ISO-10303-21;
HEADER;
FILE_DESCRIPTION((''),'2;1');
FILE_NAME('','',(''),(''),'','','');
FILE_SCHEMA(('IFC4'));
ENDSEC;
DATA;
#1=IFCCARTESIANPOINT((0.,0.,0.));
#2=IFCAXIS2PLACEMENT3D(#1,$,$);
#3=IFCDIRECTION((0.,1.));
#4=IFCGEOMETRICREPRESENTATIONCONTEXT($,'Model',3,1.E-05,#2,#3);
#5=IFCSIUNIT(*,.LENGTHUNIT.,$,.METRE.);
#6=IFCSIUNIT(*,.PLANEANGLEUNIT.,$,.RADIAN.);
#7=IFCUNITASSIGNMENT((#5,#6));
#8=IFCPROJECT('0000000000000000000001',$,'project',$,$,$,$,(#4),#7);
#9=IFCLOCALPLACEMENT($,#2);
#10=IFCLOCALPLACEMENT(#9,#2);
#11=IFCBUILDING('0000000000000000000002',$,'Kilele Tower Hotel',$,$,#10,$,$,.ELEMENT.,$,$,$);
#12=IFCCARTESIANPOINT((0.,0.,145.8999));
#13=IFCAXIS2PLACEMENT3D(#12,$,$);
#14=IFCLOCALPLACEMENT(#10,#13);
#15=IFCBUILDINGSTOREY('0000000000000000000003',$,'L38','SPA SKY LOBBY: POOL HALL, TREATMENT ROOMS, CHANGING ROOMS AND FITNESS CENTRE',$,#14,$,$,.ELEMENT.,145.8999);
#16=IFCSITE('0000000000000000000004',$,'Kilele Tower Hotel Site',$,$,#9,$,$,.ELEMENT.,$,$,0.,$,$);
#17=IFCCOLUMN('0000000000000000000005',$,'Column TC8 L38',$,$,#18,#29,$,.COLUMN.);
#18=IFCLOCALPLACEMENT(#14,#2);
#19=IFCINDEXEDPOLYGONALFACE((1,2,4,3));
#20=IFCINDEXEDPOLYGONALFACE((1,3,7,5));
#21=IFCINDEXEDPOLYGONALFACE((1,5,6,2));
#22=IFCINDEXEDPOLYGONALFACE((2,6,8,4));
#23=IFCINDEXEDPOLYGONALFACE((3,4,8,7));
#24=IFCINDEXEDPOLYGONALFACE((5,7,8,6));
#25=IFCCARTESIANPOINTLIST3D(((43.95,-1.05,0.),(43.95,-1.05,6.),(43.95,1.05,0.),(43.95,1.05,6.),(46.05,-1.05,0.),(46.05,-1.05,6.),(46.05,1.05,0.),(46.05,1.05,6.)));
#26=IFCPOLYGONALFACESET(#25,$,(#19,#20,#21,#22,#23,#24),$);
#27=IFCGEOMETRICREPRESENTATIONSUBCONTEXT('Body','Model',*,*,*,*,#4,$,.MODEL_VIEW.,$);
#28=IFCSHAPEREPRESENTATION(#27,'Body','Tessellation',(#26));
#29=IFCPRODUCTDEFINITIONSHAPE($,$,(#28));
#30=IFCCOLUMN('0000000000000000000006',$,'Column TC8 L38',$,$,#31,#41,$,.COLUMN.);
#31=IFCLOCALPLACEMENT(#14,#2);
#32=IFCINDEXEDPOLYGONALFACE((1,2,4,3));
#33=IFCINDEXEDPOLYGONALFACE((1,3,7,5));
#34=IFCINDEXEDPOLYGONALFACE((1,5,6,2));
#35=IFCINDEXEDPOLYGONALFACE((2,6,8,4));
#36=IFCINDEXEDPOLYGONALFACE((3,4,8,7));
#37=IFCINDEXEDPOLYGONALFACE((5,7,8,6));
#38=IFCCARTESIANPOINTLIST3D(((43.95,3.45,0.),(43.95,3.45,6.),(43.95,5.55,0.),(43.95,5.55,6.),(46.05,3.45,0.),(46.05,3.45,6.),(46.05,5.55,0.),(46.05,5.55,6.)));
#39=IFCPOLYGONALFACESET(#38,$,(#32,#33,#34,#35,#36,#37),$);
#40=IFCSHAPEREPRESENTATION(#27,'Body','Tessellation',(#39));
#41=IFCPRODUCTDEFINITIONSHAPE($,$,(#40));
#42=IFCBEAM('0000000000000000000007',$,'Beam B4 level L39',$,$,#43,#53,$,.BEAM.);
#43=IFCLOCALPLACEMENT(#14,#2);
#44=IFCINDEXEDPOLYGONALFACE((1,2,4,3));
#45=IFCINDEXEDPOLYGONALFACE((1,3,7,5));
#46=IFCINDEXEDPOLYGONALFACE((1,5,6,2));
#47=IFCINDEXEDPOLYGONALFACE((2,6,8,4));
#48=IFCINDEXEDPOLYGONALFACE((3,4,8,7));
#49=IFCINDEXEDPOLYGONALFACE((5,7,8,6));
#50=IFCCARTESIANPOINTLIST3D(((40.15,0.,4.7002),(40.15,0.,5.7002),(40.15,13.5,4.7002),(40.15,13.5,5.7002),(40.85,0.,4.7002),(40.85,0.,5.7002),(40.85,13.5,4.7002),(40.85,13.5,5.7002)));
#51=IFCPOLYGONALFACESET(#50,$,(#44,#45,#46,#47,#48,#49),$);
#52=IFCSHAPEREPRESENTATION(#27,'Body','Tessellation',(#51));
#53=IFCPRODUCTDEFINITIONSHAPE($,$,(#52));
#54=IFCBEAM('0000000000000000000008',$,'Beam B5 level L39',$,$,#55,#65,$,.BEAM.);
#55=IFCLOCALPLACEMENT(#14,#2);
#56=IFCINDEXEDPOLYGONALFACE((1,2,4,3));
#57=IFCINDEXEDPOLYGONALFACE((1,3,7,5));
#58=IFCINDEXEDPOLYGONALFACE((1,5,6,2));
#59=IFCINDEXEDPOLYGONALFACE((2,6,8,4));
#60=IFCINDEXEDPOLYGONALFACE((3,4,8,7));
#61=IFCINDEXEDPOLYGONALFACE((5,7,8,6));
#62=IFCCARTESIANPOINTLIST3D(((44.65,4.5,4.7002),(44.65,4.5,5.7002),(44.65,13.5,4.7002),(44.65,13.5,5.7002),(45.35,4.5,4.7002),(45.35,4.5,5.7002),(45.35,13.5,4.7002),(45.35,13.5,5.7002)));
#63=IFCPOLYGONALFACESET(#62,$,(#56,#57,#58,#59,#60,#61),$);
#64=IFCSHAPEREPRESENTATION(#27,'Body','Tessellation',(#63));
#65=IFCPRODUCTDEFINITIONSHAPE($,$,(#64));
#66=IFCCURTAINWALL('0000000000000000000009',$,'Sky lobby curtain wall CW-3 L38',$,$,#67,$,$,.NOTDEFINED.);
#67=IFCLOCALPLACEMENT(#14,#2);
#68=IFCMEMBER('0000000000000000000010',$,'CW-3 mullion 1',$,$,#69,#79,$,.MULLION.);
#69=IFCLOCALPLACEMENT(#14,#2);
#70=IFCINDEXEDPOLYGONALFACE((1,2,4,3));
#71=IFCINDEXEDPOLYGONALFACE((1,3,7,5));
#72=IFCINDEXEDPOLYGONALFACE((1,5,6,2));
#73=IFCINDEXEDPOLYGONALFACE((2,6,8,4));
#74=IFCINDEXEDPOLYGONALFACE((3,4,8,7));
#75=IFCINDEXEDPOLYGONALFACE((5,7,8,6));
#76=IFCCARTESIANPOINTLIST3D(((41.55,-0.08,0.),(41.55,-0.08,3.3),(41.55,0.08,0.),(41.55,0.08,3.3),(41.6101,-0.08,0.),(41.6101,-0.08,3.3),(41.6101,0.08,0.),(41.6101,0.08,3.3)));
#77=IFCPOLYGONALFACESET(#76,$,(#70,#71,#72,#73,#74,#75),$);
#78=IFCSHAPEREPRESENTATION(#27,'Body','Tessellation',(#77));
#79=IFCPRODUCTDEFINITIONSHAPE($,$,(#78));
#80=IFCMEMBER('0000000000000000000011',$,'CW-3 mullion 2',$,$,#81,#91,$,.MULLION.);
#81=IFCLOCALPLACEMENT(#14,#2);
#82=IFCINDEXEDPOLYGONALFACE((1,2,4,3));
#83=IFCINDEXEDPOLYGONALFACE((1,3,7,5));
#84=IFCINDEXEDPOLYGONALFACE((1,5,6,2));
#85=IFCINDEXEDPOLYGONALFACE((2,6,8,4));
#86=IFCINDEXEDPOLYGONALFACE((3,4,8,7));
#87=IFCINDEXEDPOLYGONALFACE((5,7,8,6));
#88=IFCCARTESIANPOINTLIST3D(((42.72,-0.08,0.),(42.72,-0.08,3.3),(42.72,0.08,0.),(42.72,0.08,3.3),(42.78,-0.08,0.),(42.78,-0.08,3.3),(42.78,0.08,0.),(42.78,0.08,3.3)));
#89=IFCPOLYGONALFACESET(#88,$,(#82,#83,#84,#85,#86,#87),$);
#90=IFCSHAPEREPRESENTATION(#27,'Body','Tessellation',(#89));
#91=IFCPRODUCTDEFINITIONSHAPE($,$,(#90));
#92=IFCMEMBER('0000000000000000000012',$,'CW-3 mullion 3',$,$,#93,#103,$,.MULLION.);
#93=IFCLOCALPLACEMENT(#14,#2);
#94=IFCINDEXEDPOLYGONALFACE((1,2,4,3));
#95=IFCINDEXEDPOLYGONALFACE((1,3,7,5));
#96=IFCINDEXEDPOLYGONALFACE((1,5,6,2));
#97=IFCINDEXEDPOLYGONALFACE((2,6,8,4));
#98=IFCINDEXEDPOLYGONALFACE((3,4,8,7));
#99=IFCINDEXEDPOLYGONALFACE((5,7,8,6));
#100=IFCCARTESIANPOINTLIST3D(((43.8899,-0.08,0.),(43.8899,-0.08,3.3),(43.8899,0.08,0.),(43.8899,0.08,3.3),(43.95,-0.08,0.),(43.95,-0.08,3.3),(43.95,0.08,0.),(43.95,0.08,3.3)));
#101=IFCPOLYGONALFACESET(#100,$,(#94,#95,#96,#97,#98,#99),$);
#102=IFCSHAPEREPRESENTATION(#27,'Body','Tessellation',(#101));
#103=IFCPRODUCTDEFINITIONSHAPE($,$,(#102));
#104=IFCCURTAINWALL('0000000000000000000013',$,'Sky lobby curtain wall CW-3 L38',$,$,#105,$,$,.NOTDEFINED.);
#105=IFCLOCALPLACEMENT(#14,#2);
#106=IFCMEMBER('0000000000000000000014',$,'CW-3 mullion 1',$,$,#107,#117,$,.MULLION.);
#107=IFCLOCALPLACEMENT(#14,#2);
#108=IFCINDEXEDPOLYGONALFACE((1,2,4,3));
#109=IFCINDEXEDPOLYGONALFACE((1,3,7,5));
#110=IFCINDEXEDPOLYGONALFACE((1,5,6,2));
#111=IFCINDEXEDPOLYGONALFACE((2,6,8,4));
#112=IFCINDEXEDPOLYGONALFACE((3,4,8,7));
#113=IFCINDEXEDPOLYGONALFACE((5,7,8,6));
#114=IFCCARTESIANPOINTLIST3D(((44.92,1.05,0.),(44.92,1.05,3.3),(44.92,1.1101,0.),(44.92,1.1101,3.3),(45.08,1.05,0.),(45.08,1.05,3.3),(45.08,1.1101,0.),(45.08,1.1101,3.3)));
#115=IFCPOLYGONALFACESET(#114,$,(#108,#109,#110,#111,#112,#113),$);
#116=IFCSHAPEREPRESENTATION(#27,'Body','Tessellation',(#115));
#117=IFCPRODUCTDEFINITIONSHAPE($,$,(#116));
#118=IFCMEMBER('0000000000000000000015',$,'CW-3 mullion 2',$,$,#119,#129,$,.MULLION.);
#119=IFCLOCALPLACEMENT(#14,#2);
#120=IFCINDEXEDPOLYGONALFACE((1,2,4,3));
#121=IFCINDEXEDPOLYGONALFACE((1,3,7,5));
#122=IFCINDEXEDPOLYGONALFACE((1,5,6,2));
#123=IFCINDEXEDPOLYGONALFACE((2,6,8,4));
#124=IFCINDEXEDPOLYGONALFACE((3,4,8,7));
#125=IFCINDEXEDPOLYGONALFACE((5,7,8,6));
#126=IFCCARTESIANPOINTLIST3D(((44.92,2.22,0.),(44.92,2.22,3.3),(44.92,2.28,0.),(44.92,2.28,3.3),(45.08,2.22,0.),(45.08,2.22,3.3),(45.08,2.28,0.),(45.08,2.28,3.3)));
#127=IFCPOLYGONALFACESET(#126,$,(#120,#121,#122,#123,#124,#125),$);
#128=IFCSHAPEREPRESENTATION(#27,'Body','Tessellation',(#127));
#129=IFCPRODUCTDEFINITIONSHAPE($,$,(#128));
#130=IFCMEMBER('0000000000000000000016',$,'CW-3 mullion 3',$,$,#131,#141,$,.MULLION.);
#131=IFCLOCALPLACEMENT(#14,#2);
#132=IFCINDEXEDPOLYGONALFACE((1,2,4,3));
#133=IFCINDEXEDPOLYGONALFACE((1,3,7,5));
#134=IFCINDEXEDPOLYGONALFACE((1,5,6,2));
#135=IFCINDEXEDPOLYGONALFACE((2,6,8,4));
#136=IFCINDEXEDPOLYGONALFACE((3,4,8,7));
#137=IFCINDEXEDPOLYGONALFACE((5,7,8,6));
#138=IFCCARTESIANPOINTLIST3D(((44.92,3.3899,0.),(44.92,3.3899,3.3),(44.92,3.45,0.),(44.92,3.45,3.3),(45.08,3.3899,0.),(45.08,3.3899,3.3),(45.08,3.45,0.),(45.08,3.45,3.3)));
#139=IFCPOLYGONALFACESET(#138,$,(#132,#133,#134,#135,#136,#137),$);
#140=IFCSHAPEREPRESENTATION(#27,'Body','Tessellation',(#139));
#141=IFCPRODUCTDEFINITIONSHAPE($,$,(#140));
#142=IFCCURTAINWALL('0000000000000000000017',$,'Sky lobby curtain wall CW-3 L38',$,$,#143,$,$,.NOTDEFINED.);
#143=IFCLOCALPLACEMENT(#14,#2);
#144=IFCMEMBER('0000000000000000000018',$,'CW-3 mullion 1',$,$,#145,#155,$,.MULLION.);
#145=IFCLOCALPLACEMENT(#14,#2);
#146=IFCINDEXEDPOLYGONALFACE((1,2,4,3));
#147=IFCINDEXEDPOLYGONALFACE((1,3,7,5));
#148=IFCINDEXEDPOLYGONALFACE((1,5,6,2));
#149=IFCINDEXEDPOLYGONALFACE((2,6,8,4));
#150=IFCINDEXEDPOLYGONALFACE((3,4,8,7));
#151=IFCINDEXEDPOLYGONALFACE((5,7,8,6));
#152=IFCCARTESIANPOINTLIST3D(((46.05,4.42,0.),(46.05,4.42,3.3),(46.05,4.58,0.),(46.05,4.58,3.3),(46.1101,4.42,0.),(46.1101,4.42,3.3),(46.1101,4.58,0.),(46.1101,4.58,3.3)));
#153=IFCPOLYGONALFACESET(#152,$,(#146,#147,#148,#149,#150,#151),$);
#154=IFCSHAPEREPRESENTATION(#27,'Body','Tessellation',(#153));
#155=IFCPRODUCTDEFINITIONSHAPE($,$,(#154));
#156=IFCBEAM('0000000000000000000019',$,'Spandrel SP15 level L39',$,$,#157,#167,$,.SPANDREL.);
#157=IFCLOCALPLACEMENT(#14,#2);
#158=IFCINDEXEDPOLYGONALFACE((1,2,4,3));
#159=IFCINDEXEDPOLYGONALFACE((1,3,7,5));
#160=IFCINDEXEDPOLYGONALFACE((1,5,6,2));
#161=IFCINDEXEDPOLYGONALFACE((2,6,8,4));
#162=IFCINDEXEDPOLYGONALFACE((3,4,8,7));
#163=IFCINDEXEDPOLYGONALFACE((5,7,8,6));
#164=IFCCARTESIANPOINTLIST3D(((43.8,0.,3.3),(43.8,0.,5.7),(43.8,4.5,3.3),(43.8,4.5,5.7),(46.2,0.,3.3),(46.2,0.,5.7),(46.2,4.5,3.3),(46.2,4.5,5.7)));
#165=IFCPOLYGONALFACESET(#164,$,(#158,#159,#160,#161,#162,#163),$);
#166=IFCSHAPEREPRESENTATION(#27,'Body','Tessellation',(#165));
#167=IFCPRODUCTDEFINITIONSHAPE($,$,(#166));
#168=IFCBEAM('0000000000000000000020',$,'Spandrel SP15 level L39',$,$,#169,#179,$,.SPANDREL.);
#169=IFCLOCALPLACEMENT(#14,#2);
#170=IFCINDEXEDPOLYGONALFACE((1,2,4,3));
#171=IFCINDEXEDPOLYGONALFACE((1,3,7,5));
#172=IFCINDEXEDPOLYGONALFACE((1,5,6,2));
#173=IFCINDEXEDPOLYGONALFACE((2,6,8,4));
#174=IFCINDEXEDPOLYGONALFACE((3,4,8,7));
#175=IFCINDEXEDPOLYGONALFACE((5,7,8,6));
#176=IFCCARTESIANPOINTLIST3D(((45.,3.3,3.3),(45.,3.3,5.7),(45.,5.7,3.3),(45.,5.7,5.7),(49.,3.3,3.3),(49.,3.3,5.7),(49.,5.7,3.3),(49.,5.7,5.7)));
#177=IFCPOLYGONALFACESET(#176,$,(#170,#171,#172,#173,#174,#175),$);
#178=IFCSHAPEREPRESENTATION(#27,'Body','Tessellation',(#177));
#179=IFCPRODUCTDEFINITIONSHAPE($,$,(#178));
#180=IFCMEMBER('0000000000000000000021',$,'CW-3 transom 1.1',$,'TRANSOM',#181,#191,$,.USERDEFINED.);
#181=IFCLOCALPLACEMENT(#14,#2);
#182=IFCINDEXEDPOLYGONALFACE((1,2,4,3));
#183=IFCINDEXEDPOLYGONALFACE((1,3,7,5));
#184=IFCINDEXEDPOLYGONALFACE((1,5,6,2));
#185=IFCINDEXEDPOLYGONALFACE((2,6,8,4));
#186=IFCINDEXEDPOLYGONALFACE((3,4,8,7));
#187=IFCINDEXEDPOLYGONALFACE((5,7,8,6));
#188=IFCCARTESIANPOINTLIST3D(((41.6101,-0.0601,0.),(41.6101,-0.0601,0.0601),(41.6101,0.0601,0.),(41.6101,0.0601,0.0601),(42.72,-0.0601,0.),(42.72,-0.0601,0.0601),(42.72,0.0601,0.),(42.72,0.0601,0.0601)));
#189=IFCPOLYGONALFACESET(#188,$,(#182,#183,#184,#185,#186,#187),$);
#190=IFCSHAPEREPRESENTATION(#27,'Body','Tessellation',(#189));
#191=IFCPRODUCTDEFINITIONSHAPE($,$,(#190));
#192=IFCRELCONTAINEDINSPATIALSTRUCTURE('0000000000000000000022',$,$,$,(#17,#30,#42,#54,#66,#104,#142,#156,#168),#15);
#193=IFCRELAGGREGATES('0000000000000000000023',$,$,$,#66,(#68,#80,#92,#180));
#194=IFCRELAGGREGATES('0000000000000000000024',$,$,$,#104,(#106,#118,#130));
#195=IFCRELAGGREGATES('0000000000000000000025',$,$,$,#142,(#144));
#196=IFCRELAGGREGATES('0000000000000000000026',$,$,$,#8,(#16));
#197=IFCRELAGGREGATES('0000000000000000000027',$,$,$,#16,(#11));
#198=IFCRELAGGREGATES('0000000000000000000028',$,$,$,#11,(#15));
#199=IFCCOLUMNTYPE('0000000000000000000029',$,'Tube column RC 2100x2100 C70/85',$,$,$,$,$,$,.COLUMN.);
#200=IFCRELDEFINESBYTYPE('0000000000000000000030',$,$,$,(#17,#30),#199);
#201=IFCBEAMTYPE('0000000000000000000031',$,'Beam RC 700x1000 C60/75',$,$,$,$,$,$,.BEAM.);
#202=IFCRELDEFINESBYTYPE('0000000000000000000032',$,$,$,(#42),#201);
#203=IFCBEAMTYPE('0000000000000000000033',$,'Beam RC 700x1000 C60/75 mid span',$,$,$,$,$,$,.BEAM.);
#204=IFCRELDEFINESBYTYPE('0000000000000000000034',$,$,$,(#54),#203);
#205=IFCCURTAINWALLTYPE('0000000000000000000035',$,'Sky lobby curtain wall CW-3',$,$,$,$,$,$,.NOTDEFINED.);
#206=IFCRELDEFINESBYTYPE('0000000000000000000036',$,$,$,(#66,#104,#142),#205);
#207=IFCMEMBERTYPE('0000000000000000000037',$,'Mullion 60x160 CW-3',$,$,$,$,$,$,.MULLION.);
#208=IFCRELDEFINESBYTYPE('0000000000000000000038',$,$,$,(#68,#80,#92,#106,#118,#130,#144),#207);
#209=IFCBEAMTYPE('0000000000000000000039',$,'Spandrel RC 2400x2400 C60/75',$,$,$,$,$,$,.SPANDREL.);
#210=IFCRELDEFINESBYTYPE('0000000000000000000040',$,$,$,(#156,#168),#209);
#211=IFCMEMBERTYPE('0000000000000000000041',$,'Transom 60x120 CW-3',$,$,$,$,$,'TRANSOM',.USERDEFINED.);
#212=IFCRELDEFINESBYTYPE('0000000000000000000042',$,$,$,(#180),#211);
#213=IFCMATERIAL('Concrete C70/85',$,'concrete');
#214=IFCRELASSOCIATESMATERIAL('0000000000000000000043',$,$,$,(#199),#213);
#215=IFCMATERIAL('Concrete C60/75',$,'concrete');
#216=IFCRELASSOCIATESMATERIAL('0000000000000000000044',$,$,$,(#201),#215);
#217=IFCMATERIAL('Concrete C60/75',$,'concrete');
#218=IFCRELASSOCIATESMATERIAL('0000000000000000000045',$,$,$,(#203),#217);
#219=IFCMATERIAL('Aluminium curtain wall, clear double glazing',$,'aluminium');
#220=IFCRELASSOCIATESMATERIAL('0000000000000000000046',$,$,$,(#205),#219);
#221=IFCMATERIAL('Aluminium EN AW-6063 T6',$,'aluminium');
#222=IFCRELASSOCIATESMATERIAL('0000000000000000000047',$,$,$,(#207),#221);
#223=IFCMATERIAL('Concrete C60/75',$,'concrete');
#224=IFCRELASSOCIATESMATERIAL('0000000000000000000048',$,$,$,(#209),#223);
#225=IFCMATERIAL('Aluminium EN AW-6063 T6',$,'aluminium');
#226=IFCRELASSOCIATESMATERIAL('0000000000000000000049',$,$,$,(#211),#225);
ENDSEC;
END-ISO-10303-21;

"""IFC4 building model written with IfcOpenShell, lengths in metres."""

from ifc_helpers import new_model, si_unit, direction, frame, origin, origin_2d, place, context, subcontext, project, spatial, rectangle, extrude, material, material_profile, profile_set, type_object, element, aggregate, save


model = new_model("IFC4")

# Units and contexts
model_context = context("Model", 3, precision=1e-05, world=origin(), true_north=direction((0.0, 1.0)))
body_context = subcontext(model_context, "Body", "Model", "MODEL_VIEW")
ifc_project = project(units=[si_unit("LENGTHUNIT", "METRE"), si_unit("PLANEANGLEUNIT", "RADIAN")], contexts=[model_context])

# Site, building, storey
site_placement = place(None, origin())
site = spatial("IfcSite", under=ifc_project, at=site_placement, Name="Kilele Tower Hotel Site", CompositionType="ELEMENT", RefElevation=0.0)
building_placement = place(site_placement, origin())
building = spatial("IfcBuilding", under=site, at=building_placement, Name="Kilele Tower Hotel", CompositionType="ELEMENT")
storey_placement = place(building_placement, frame((0.0, 0.0, 145.8999)))
storey = spatial("IfcBuildingStorey", under=building, at=storey_placement, Name="L38", Description="SPA SKY LOBBY: POOL HALL, TREATMENT ROOMS, CHANGING ROOMS AND FITNESS CENTRE", CompositionType="ELEMENT", Elevation=145.8999)

# Columns
ifc_material_1 = material(Name="Concrete C70/85", Category="concrete")
ifc_material_profile_1 = material_profile(ifc_material_1, rectangle(XDim=2.1001, YDim=2.1001, at=origin_2d()))
ifc_profile_set_1 = profile_set([ifc_material_profile_1], Name="Concrete C70/85")
column_type = type_object("IfcColumnType", Name="Tube column RC 2100x2100 C70/85", PredefinedType="COLUMN", material=ifc_profile_set_1)
for number, where, z_axis, x_axis, name in (
    (1, (45.0, 0.0, 0.0), (0.0, 0.0, 1.0), (1.0, 0.0, 0.0), "Column TC8 L38"),
    (2, (45.0, 4.5, 0.0), (0.0, 0.0, 1.0), (1.0, 0.0, 0.0), "Column TC8 L38"),
):
    element("IfcColumn", number, at=place(storey_placement, frame(where, z_axis=z_axis, x_axis=x_axis)), inside=storey, type_object=column_type, Name=name, PredefinedType="COLUMN", context=body_context, shape_type="SweptSolid", body=[
        extrude(rectangle(XDim=2.1001, YDim=2.1001, at=origin_2d()), origin(), (0.0, 0.0, 1.0), 6.0),
    ])

# Beams
ifc_material_2 = material(Name="Concrete C60/75", Category="concrete")
ifc_material_profile_2 = material_profile(ifc_material_2, rectangle(XDim=0.7, YDim=1.0, at=origin_2d()))
ifc_profile_set_2 = profile_set([ifc_material_profile_2], Name="Concrete C60/75")
beam_type_1 = type_object("IfcBeamType", Name="Beam RC 700x1000 C60/75", PredefinedType="BEAM", material=ifc_profile_set_2)
beam_1_placement = place(storey_placement, frame((40.5, 0.0, 5.2002), z_axis=(0.0, 1.0, 0.0), x_axis=(-1.0, 0.0, 0.0)))
element("IfcBeam", 3, at=beam_1_placement, inside=storey, type_object=beam_type_1, Name="Beam B4 level L39", PredefinedType="BEAM", context=body_context, shape_type="SweptSolid", body=[
    extrude(rectangle(XDim=0.7, YDim=1.0, at=origin_2d()), origin(), (0.0, 0.0, 1.0), 13.5),
])
ifc_material_3 = material(Name="Concrete C60/75", Category="concrete")
ifc_material_profile_3 = material_profile(ifc_material_3, rectangle(XDim=0.7, YDim=1.0, at=origin_2d()))
ifc_profile_set_3 = profile_set([ifc_material_profile_3], Name="Concrete C60/75")
beam_type_2 = type_object("IfcBeamType", Name="Beam RC 700x1000 C60/75 mid span", PredefinedType="BEAM", material=ifc_profile_set_3)
beam_2_placement = place(storey_placement, frame((45.0, 4.5, 5.2002), z_axis=(0.0, 1.0, 0.0), x_axis=(-1.0, 0.0, 0.0)))
element("IfcBeam", 4, at=beam_2_placement, inside=storey, type_object=beam_type_2, Name="Beam B5 level L39", PredefinedType="BEAM", context=body_context, shape_type="SweptSolid", body=[
    extrude(rectangle(XDim=0.7, YDim=1.0, at=origin_2d()), origin(), (0.0, 0.0, 1.0), 9.0),
])

# Curtain walls, members
ifc_material_4 = material(Name="Aluminium curtain wall, clear double glazing", Category="aluminium")
curtain_wall_type = type_object("IfcCurtainWallType", Name="Sky lobby curtain wall CW-3", PredefinedType="NOTDEFINED", material=ifc_material_4)
curtain_wall_1_placement = place(storey_placement, origin())
curtain_wall_1 = element("IfcCurtainWall", 5, at=curtain_wall_1_placement, inside=storey, type_object=curtain_wall_type, Name="Sky lobby curtain wall CW-3 L38", PredefinedType="NOTDEFINED")
ifc_material_5 = material(Name="Aluminium EN AW-6063 T6", Category="aluminium")
ifc_material_profile_4 = material_profile(ifc_material_5, rectangle(XDim=0.1599, YDim=0.0601, at=origin_2d()))
ifc_profile_set_4 = profile_set([ifc_material_profile_4], Name="Aluminium EN AW-6063 T6")
member_type_1 = type_object("IfcMemberType", Name="Mullion 60x160 CW-3", PredefinedType="MULLION", material=ifc_profile_set_4)
member_1_placement = place(storey_placement, frame((41.5801, 0.0, 0.0), z_axis=(0.0, 0.0, 1.0), x_axis=(0.0, 1.0, 0.0)))
member_1 = element("IfcMember", 6, at=member_1_placement, type_object=member_type_1, Name="CW-3 mullion 1", PredefinedType="MULLION", context=body_context, shape_type="SweptSolid", body=[
    extrude(rectangle(XDim=0.1599, YDim=0.0601, at=origin_2d()), origin(), (0.0, 0.0, 1.0), 3.3),
])
member_2_placement = place(storey_placement, frame((42.75, 0.0, 0.0), z_axis=(0.0, 0.0, 1.0), x_axis=(0.0, 1.0, 0.0)))
member_2 = element("IfcMember", 7, at=member_2_placement, type_object=member_type_1, Name="CW-3 mullion 2", PredefinedType="MULLION", context=body_context, shape_type="SweptSolid", body=[
    extrude(rectangle(XDim=0.1599, YDim=0.0601, at=origin_2d()), origin(), (0.0, 0.0, 1.0), 3.3),
])
member_3_placement = place(storey_placement, frame((43.9199, 0.0, 0.0), z_axis=(0.0, 0.0, 1.0), x_axis=(0.0, 1.0, 0.0)))
member_3 = element("IfcMember", 8, at=member_3_placement, type_object=member_type_1, Name="CW-3 mullion 3", PredefinedType="MULLION", context=body_context, shape_type="SweptSolid", body=[
    extrude(rectangle(XDim=0.1599, YDim=0.0601, at=origin_2d()), origin(), (0.0, 0.0, 1.0), 3.3),
])
curtain_wall_2_placement = place(storey_placement, origin())
curtain_wall_2 = element("IfcCurtainWall", 9, at=curtain_wall_2_placement, inside=storey, type_object=curtain_wall_type, Name="Sky lobby curtain wall CW-3 L38", PredefinedType="NOTDEFINED")
member_4_placement = place(storey_placement, frame((45.0, 1.0801, 0.0), z_axis=(0.0, 0.0, 1.0), x_axis=(-1.0, 0.0, 0.0)))
member_4 = element("IfcMember", 10, at=member_4_placement, type_object=member_type_1, Name="CW-3 mullion 1", PredefinedType="MULLION", context=body_context, shape_type="SweptSolid", body=[
    extrude(rectangle(XDim=0.1599, YDim=0.0601, at=origin_2d()), origin(), (0.0, 0.0, 1.0), 3.3),
])
member_5_placement = place(storey_placement, frame((45.0, 2.25, 0.0), z_axis=(0.0, 0.0, 1.0), x_axis=(-1.0, 0.0, 0.0)))
member_5 = element("IfcMember", 11, at=member_5_placement, type_object=member_type_1, Name="CW-3 mullion 2", PredefinedType="MULLION", context=body_context, shape_type="SweptSolid", body=[
    extrude(rectangle(XDim=0.1599, YDim=0.0601, at=origin_2d()), origin(), (0.0, 0.0, 1.0), 3.3),
])
member_6_placement = place(storey_placement, frame((45.0, 3.4199, 0.0), z_axis=(0.0, 0.0, 1.0), x_axis=(-1.0, 0.0, 0.0)))
member_6 = element("IfcMember", 12, at=member_6_placement, type_object=member_type_1, Name="CW-3 mullion 3", PredefinedType="MULLION", context=body_context, shape_type="SweptSolid", body=[
    extrude(rectangle(XDim=0.1599, YDim=0.0601, at=origin_2d()), origin(), (0.0, 0.0, 1.0), 3.3),
])

# Curtain wall, member
curtain_wall_3_placement = place(storey_placement, origin())
curtain_wall_3 = element("IfcCurtainWall", 13, at=curtain_wall_3_placement, inside=storey, type_object=curtain_wall_type, Name="Sky lobby curtain wall CW-3 L38", PredefinedType="NOTDEFINED")
member_7_placement = place(storey_placement, frame((46.0801, 4.5, 0.0), z_axis=(0.0, 0.0, 1.0), x_axis=(0.0, 1.0, 0.0)))
member_7 = element("IfcMember", 14, at=member_7_placement, type_object=member_type_1, Name="CW-3 mullion 1", PredefinedType="MULLION", context=body_context, shape_type="SweptSolid", body=[
    extrude(rectangle(XDim=0.1599, YDim=0.0601, at=origin_2d()), origin(), (0.0, 0.0, 1.0), 3.3),
])

# Beams
ifc_material_6 = material(Name="Concrete C60/75", Category="concrete")
ifc_material_profile_5 = material_profile(ifc_material_6, rectangle(XDim=2.3999, YDim=2.3999, at=origin_2d()))
ifc_profile_set_5 = profile_set([ifc_material_profile_5], Name="Concrete C60/75")
beam_type_3 = type_object("IfcBeamType", Name="Spandrel RC 2400x2400 C60/75", PredefinedType="SPANDREL", material=ifc_profile_set_5)
beam_3_placement = place(storey_placement, frame((45.0, 0.0, 4.5), z_axis=(0.0, 1.0, 0.0), x_axis=(-1.0, 0.0, 0.0)))
element("IfcBeam", 15, at=beam_3_placement, inside=storey, type_object=beam_type_3, Name="Spandrel SP15 level L39", PredefinedType="SPANDREL", context=body_context, shape_type="SweptSolid", body=[
    extrude(rectangle(XDim=2.3999, YDim=2.3999, at=origin_2d()), origin(), (0.0, 0.0, 1.0), 4.5),
])
beam_4_placement = place(storey_placement, frame((45.0, 4.5, 4.5), z_axis=(1.0, 0.0, 0.0), x_axis=(0.0, 1.0, 0.0)))
element("IfcBeam", 16, at=beam_4_placement, inside=storey, type_object=beam_type_3, Name="Spandrel SP15 level L39", PredefinedType="SPANDREL", context=body_context, shape_type="SweptSolid", body=[
    extrude(rectangle(XDim=2.3999, YDim=2.3999, at=origin_2d()), origin(), (0.0, 0.0, 1.0), 4.0),
])

# Member
ifc_material_7 = material(Name="Aluminium EN AW-6063 T6", Category="aluminium")
ifc_material_profile_6 = material_profile(ifc_material_7, rectangle(XDim=0.1201, YDim=0.0601, at=origin_2d()))
ifc_profile_set_6 = profile_set([ifc_material_profile_6], Name="Aluminium EN AW-6063 T6")
member_type_2 = type_object("IfcMemberType", Name="Transom 60x120 CW-3", ElementType="TRANSOM", PredefinedType="USERDEFINED", material=ifc_profile_set_6)
member_8_placement = place(storey_placement, frame((41.6101, 0.0, 0.03), z_axis=(1.0, 0.0, 0.0), x_axis=(0.0, 1.0, 0.0)))
member_8 = element("IfcMember", 17, at=member_8_placement, type_object=member_type_2, Name="CW-3 transom 1.1", ObjectType="TRANSOM", PredefinedType="USERDEFINED", context=body_context, shape_type="SweptSolid", body=[
    extrude(rectangle(XDim=0.1201, YDim=0.0601, at=origin_2d()), origin(), (0.0, 0.0, 1.0), 1.1099),
])

aggregate(curtain_wall_1, [member_1, member_2, member_3, member_8])
aggregate(curtain_wall_2, [member_4, member_5, member_6])
aggregate(curtain_wall_3, [member_7])

save(model, "model.ifc")
